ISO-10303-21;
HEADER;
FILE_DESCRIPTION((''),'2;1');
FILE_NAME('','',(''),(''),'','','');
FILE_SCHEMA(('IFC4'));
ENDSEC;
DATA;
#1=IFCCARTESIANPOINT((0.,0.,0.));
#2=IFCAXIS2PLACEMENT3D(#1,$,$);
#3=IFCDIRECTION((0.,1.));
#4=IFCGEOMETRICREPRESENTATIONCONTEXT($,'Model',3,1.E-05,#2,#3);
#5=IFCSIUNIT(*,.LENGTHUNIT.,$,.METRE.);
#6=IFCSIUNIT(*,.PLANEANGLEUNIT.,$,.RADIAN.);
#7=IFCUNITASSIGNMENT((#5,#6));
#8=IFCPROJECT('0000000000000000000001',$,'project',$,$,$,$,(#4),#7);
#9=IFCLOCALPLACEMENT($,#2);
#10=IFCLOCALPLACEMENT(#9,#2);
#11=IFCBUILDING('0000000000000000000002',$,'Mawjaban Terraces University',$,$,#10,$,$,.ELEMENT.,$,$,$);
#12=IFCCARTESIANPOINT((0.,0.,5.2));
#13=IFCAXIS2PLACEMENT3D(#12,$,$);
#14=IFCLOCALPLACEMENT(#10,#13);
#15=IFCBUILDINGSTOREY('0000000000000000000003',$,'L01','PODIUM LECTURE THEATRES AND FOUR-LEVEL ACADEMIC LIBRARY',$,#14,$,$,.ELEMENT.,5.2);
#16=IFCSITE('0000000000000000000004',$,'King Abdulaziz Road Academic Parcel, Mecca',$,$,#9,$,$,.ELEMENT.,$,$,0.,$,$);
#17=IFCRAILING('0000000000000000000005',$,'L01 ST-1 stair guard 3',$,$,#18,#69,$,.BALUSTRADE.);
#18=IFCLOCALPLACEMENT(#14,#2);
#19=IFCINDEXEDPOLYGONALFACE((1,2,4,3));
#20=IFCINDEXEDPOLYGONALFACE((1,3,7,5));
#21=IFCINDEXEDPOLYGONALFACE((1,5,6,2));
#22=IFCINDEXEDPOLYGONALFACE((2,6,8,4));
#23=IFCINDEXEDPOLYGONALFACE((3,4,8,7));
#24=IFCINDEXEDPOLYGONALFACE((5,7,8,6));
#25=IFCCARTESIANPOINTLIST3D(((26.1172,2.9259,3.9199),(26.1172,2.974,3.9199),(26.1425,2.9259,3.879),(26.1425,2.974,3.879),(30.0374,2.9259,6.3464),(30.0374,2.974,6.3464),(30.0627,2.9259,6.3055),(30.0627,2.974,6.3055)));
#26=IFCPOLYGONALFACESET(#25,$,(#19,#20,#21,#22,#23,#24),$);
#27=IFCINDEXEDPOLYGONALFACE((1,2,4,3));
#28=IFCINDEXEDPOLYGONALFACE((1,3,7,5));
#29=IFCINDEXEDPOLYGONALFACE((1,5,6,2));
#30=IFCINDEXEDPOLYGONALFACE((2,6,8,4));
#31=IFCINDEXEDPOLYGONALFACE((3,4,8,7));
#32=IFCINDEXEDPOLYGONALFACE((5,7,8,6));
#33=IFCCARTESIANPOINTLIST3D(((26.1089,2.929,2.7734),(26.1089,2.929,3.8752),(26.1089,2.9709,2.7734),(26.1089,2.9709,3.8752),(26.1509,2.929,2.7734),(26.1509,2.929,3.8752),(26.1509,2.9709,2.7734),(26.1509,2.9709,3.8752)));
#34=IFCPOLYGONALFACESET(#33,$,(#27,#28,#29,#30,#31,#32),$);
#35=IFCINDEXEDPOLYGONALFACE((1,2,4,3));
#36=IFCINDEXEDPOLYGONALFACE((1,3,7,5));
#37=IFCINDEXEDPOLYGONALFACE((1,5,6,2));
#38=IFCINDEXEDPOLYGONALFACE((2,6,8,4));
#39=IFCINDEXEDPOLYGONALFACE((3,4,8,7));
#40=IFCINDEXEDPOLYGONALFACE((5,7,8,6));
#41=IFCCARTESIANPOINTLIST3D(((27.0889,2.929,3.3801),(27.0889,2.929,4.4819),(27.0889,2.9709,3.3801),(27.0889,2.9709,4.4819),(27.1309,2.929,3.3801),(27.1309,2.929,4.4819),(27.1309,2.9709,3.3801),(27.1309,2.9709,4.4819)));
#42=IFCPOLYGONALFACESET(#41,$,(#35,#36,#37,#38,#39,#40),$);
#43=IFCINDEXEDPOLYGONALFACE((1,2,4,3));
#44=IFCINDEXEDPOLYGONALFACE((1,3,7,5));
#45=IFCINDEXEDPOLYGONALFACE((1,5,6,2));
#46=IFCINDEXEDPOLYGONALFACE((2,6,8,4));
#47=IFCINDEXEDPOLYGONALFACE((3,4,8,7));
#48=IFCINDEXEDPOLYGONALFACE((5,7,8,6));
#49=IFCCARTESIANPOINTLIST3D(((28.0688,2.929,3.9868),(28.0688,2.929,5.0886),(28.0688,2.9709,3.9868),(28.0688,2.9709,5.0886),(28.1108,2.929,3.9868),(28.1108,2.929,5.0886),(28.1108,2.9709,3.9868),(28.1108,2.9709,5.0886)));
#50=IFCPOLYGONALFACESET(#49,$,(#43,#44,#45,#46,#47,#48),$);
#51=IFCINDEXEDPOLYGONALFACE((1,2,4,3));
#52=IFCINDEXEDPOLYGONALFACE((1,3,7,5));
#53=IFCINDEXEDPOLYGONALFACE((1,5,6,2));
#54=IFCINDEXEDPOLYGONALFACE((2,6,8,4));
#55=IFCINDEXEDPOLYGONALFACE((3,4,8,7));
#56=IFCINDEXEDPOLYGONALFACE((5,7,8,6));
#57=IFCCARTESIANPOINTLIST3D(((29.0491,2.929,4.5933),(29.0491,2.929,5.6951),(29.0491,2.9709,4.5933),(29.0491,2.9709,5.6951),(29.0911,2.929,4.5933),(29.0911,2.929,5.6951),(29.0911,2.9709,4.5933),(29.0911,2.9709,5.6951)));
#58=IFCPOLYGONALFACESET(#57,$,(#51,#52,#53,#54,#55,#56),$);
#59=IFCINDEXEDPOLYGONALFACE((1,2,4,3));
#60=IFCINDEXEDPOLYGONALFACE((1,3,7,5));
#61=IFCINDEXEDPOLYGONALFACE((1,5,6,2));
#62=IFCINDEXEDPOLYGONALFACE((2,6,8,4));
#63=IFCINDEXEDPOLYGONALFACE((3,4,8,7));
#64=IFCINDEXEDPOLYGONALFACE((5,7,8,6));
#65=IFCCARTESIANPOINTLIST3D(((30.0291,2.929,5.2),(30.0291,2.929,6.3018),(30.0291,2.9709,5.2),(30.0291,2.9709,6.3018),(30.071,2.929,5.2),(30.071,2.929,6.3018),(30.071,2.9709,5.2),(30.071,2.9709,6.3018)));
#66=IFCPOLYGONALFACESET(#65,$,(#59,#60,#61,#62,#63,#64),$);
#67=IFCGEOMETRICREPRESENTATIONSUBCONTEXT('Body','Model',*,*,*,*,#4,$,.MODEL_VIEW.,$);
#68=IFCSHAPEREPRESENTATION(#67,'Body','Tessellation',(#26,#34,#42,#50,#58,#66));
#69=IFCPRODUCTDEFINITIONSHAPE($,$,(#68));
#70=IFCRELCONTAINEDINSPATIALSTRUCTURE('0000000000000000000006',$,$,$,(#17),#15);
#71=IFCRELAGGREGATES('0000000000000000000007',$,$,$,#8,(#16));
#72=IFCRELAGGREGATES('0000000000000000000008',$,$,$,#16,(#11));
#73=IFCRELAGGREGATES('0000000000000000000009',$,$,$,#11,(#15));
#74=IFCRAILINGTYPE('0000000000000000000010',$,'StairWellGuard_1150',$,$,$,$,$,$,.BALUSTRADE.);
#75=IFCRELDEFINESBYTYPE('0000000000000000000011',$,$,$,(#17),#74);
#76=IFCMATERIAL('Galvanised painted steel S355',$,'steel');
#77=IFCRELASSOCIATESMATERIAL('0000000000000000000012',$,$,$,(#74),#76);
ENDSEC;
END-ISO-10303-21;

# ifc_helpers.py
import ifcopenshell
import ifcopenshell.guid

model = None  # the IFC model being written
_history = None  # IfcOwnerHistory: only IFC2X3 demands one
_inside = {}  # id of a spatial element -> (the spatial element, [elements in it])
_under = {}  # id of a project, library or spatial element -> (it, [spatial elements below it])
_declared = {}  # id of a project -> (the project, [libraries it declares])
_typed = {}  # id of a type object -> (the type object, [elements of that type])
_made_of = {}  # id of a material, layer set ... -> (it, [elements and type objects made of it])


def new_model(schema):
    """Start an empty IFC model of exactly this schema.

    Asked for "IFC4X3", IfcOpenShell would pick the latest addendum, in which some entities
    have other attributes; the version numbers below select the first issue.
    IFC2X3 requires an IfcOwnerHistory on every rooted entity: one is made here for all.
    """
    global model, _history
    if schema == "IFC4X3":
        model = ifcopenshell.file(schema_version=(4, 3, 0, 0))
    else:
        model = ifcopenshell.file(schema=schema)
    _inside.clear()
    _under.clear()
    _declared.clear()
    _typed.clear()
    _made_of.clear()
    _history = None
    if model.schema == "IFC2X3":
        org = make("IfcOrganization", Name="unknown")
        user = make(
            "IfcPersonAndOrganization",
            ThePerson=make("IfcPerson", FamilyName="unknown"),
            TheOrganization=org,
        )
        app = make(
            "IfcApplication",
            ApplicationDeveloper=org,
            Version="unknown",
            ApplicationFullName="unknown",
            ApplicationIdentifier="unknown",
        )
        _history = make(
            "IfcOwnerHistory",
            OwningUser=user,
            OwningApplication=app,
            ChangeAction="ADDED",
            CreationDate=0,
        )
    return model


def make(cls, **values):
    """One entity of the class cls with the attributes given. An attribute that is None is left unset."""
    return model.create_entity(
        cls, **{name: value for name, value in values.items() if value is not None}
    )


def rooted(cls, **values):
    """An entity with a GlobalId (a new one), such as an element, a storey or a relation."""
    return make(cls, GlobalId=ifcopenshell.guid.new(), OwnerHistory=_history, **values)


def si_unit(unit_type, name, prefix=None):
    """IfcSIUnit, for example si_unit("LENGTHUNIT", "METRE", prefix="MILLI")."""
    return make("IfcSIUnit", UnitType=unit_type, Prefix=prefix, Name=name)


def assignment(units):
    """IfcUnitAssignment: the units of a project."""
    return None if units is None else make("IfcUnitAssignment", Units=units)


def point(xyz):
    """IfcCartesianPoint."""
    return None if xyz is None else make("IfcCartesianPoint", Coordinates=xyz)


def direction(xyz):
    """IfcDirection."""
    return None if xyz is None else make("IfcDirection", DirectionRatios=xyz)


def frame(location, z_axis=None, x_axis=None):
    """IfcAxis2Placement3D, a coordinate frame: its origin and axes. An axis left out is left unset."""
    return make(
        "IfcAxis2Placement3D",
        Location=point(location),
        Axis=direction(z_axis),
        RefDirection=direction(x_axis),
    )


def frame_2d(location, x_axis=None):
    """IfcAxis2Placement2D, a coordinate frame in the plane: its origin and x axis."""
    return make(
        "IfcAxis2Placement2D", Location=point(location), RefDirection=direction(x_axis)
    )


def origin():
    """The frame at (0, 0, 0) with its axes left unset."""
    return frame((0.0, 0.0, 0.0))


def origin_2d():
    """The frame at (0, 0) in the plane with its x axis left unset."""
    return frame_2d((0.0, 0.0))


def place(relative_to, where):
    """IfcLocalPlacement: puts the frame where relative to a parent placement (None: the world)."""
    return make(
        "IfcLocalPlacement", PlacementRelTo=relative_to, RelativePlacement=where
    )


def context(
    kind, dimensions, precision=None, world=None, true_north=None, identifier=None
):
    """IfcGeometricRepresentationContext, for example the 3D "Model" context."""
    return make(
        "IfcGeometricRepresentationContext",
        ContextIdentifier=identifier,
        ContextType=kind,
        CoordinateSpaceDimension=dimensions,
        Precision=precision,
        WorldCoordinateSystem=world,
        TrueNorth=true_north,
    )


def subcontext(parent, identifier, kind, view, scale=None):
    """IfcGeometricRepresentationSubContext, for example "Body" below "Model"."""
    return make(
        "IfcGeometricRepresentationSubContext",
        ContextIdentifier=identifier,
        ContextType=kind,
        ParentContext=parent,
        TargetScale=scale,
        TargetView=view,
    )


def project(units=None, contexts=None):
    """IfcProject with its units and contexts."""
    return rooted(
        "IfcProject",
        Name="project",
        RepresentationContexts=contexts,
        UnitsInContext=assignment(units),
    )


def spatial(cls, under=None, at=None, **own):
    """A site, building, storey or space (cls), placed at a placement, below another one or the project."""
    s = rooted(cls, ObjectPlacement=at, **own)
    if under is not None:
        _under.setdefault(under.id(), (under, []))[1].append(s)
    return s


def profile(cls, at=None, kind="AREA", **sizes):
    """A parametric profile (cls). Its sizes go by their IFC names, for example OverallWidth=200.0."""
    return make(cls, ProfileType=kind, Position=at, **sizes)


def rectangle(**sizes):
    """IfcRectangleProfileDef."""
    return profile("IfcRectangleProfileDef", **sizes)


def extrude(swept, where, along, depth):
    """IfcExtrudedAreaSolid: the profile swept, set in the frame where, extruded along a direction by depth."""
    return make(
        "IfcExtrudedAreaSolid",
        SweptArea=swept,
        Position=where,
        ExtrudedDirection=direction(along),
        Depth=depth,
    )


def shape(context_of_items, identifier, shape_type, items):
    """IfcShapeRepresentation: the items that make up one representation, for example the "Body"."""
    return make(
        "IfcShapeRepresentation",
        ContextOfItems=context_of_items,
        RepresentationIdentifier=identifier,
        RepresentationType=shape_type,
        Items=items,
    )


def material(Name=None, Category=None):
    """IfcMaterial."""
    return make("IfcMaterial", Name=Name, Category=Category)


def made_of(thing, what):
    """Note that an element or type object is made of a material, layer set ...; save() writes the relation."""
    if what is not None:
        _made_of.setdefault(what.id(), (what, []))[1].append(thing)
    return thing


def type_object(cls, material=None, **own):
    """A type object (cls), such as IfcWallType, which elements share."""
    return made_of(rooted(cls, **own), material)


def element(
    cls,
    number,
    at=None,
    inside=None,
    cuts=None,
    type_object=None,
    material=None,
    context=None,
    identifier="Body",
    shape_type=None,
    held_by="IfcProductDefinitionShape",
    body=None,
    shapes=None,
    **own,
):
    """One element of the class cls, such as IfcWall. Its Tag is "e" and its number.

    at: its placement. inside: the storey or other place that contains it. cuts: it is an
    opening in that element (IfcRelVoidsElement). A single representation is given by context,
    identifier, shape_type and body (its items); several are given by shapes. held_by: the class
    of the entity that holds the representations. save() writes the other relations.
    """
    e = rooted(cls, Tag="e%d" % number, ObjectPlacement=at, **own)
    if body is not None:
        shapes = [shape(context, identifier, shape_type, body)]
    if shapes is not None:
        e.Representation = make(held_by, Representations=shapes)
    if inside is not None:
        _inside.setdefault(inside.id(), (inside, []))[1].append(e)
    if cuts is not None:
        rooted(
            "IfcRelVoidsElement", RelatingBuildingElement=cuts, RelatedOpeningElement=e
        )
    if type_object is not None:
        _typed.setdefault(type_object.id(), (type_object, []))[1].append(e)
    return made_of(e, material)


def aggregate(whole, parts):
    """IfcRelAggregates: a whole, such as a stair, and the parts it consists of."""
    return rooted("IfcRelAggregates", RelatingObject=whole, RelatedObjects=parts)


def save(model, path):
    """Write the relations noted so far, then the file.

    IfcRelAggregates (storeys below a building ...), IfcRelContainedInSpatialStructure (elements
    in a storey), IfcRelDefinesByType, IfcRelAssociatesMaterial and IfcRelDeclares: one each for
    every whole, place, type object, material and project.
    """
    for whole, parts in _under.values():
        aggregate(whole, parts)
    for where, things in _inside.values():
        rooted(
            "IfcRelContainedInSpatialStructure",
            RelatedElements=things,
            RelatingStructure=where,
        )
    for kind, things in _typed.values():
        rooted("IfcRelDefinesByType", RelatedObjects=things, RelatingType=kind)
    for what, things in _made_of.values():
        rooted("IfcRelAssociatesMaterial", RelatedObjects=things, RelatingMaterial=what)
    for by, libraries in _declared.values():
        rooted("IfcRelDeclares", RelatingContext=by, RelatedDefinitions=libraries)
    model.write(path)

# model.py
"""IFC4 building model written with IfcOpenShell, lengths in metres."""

from ifc_helpers import new_model, si_unit, direction, frame, origin, origin_2d, place, context, subcontext, project, spatial, rectangle, extrude, material, type_object, element, save


model = new_model("IFC4")

# Units and contexts
model_context = context("Model", 3, precision=1e-05, world=origin(), true_north=direction((0.0, 1.0)))
body_context = subcontext(model_context, "Body", "Model", "MODEL_VIEW")
ifc_project = project(units=[si_unit("LENGTHUNIT", "METRE"), si_unit("PLANEANGLEUNIT", "RADIAN")], contexts=[model_context])

# Site, building, storey
site_placement = place(None, origin())
site = spatial("IfcSite", under=ifc_project, at=site_placement, Name="King Abdulaziz Road Academic Parcel, Mecca", CompositionType="ELEMENT", RefElevation=0.0)
building_placement = place(site_placement, origin())
building = spatial("IfcBuilding", under=site, at=building_placement, Name="Mawjaban Terraces University", CompositionType="ELEMENT")
storey_placement = place(building_placement, frame((0.0, 0.0, 5.2)))
storey = spatial("IfcBuildingStorey", under=building, at=storey_placement, Name="L01", Description="PODIUM LECTURE THEATRES AND FOUR-LEVEL ACADEMIC LIBRARY", CompositionType="ELEMENT", Elevation=5.2)

# Railing
ifc_material_1 = material(Name="Galvanised painted steel S355", Category="steel")
railing_type_1 = type_object("IfcRailingType", Name="StairWellGuard_1150", PredefinedType="BALUSTRADE", material=ifc_material_1)
railing_1_placement = place(storey_placement, frame((26.1299, 2.95, 2.7734)))
element("IfcRailing", 1, at=railing_1_placement, inside=storey, type_object=railing_type_1, Name="L01 ST-1 stair guard 3", PredefinedType="BALUSTRADE", context=body_context, shape_type="SweptSolid", body=[
    extrude(rectangle(XDim=0.0481, YDim=0.0481, at=origin_2d()), frame((0.0, 0.0, 1.126), z_axis=(0.85029, 0.0, 0.526315), x_axis=(0.0, 1.0, 0.0)), (0.0, 0.0, 1.0), 4.6104),
    extrude(rectangle(XDim=0.042, YDim=0.042, at=origin_2d()), origin(), (0.0, 0.0, 1.0), 1.1018),
    extrude(rectangle(XDim=0.042, YDim=0.042, at=origin_2d()), frame((0.98, 0.0, 0.6067)), (0.0, 0.0, 1.0), 1.1018),
    extrude(rectangle(XDim=0.042, YDim=0.042, at=origin_2d()), frame((1.96, 0.0, 1.2134)), (0.0, 0.0, 1.0), 1.1018),
    extrude(rectangle(XDim=0.042, YDim=0.042, at=origin_2d()), frame((2.9402, 0.0, 1.8198)), (0.0, 0.0, 1.0), 1.1018),
    extrude(rectangle(XDim=0.042, YDim=0.042, at=origin_2d()), frame((3.9202, 0.0, 2.4265)), (0.0, 0.0, 1.0), 1.1018),
])

save(model, "model.ifc")
